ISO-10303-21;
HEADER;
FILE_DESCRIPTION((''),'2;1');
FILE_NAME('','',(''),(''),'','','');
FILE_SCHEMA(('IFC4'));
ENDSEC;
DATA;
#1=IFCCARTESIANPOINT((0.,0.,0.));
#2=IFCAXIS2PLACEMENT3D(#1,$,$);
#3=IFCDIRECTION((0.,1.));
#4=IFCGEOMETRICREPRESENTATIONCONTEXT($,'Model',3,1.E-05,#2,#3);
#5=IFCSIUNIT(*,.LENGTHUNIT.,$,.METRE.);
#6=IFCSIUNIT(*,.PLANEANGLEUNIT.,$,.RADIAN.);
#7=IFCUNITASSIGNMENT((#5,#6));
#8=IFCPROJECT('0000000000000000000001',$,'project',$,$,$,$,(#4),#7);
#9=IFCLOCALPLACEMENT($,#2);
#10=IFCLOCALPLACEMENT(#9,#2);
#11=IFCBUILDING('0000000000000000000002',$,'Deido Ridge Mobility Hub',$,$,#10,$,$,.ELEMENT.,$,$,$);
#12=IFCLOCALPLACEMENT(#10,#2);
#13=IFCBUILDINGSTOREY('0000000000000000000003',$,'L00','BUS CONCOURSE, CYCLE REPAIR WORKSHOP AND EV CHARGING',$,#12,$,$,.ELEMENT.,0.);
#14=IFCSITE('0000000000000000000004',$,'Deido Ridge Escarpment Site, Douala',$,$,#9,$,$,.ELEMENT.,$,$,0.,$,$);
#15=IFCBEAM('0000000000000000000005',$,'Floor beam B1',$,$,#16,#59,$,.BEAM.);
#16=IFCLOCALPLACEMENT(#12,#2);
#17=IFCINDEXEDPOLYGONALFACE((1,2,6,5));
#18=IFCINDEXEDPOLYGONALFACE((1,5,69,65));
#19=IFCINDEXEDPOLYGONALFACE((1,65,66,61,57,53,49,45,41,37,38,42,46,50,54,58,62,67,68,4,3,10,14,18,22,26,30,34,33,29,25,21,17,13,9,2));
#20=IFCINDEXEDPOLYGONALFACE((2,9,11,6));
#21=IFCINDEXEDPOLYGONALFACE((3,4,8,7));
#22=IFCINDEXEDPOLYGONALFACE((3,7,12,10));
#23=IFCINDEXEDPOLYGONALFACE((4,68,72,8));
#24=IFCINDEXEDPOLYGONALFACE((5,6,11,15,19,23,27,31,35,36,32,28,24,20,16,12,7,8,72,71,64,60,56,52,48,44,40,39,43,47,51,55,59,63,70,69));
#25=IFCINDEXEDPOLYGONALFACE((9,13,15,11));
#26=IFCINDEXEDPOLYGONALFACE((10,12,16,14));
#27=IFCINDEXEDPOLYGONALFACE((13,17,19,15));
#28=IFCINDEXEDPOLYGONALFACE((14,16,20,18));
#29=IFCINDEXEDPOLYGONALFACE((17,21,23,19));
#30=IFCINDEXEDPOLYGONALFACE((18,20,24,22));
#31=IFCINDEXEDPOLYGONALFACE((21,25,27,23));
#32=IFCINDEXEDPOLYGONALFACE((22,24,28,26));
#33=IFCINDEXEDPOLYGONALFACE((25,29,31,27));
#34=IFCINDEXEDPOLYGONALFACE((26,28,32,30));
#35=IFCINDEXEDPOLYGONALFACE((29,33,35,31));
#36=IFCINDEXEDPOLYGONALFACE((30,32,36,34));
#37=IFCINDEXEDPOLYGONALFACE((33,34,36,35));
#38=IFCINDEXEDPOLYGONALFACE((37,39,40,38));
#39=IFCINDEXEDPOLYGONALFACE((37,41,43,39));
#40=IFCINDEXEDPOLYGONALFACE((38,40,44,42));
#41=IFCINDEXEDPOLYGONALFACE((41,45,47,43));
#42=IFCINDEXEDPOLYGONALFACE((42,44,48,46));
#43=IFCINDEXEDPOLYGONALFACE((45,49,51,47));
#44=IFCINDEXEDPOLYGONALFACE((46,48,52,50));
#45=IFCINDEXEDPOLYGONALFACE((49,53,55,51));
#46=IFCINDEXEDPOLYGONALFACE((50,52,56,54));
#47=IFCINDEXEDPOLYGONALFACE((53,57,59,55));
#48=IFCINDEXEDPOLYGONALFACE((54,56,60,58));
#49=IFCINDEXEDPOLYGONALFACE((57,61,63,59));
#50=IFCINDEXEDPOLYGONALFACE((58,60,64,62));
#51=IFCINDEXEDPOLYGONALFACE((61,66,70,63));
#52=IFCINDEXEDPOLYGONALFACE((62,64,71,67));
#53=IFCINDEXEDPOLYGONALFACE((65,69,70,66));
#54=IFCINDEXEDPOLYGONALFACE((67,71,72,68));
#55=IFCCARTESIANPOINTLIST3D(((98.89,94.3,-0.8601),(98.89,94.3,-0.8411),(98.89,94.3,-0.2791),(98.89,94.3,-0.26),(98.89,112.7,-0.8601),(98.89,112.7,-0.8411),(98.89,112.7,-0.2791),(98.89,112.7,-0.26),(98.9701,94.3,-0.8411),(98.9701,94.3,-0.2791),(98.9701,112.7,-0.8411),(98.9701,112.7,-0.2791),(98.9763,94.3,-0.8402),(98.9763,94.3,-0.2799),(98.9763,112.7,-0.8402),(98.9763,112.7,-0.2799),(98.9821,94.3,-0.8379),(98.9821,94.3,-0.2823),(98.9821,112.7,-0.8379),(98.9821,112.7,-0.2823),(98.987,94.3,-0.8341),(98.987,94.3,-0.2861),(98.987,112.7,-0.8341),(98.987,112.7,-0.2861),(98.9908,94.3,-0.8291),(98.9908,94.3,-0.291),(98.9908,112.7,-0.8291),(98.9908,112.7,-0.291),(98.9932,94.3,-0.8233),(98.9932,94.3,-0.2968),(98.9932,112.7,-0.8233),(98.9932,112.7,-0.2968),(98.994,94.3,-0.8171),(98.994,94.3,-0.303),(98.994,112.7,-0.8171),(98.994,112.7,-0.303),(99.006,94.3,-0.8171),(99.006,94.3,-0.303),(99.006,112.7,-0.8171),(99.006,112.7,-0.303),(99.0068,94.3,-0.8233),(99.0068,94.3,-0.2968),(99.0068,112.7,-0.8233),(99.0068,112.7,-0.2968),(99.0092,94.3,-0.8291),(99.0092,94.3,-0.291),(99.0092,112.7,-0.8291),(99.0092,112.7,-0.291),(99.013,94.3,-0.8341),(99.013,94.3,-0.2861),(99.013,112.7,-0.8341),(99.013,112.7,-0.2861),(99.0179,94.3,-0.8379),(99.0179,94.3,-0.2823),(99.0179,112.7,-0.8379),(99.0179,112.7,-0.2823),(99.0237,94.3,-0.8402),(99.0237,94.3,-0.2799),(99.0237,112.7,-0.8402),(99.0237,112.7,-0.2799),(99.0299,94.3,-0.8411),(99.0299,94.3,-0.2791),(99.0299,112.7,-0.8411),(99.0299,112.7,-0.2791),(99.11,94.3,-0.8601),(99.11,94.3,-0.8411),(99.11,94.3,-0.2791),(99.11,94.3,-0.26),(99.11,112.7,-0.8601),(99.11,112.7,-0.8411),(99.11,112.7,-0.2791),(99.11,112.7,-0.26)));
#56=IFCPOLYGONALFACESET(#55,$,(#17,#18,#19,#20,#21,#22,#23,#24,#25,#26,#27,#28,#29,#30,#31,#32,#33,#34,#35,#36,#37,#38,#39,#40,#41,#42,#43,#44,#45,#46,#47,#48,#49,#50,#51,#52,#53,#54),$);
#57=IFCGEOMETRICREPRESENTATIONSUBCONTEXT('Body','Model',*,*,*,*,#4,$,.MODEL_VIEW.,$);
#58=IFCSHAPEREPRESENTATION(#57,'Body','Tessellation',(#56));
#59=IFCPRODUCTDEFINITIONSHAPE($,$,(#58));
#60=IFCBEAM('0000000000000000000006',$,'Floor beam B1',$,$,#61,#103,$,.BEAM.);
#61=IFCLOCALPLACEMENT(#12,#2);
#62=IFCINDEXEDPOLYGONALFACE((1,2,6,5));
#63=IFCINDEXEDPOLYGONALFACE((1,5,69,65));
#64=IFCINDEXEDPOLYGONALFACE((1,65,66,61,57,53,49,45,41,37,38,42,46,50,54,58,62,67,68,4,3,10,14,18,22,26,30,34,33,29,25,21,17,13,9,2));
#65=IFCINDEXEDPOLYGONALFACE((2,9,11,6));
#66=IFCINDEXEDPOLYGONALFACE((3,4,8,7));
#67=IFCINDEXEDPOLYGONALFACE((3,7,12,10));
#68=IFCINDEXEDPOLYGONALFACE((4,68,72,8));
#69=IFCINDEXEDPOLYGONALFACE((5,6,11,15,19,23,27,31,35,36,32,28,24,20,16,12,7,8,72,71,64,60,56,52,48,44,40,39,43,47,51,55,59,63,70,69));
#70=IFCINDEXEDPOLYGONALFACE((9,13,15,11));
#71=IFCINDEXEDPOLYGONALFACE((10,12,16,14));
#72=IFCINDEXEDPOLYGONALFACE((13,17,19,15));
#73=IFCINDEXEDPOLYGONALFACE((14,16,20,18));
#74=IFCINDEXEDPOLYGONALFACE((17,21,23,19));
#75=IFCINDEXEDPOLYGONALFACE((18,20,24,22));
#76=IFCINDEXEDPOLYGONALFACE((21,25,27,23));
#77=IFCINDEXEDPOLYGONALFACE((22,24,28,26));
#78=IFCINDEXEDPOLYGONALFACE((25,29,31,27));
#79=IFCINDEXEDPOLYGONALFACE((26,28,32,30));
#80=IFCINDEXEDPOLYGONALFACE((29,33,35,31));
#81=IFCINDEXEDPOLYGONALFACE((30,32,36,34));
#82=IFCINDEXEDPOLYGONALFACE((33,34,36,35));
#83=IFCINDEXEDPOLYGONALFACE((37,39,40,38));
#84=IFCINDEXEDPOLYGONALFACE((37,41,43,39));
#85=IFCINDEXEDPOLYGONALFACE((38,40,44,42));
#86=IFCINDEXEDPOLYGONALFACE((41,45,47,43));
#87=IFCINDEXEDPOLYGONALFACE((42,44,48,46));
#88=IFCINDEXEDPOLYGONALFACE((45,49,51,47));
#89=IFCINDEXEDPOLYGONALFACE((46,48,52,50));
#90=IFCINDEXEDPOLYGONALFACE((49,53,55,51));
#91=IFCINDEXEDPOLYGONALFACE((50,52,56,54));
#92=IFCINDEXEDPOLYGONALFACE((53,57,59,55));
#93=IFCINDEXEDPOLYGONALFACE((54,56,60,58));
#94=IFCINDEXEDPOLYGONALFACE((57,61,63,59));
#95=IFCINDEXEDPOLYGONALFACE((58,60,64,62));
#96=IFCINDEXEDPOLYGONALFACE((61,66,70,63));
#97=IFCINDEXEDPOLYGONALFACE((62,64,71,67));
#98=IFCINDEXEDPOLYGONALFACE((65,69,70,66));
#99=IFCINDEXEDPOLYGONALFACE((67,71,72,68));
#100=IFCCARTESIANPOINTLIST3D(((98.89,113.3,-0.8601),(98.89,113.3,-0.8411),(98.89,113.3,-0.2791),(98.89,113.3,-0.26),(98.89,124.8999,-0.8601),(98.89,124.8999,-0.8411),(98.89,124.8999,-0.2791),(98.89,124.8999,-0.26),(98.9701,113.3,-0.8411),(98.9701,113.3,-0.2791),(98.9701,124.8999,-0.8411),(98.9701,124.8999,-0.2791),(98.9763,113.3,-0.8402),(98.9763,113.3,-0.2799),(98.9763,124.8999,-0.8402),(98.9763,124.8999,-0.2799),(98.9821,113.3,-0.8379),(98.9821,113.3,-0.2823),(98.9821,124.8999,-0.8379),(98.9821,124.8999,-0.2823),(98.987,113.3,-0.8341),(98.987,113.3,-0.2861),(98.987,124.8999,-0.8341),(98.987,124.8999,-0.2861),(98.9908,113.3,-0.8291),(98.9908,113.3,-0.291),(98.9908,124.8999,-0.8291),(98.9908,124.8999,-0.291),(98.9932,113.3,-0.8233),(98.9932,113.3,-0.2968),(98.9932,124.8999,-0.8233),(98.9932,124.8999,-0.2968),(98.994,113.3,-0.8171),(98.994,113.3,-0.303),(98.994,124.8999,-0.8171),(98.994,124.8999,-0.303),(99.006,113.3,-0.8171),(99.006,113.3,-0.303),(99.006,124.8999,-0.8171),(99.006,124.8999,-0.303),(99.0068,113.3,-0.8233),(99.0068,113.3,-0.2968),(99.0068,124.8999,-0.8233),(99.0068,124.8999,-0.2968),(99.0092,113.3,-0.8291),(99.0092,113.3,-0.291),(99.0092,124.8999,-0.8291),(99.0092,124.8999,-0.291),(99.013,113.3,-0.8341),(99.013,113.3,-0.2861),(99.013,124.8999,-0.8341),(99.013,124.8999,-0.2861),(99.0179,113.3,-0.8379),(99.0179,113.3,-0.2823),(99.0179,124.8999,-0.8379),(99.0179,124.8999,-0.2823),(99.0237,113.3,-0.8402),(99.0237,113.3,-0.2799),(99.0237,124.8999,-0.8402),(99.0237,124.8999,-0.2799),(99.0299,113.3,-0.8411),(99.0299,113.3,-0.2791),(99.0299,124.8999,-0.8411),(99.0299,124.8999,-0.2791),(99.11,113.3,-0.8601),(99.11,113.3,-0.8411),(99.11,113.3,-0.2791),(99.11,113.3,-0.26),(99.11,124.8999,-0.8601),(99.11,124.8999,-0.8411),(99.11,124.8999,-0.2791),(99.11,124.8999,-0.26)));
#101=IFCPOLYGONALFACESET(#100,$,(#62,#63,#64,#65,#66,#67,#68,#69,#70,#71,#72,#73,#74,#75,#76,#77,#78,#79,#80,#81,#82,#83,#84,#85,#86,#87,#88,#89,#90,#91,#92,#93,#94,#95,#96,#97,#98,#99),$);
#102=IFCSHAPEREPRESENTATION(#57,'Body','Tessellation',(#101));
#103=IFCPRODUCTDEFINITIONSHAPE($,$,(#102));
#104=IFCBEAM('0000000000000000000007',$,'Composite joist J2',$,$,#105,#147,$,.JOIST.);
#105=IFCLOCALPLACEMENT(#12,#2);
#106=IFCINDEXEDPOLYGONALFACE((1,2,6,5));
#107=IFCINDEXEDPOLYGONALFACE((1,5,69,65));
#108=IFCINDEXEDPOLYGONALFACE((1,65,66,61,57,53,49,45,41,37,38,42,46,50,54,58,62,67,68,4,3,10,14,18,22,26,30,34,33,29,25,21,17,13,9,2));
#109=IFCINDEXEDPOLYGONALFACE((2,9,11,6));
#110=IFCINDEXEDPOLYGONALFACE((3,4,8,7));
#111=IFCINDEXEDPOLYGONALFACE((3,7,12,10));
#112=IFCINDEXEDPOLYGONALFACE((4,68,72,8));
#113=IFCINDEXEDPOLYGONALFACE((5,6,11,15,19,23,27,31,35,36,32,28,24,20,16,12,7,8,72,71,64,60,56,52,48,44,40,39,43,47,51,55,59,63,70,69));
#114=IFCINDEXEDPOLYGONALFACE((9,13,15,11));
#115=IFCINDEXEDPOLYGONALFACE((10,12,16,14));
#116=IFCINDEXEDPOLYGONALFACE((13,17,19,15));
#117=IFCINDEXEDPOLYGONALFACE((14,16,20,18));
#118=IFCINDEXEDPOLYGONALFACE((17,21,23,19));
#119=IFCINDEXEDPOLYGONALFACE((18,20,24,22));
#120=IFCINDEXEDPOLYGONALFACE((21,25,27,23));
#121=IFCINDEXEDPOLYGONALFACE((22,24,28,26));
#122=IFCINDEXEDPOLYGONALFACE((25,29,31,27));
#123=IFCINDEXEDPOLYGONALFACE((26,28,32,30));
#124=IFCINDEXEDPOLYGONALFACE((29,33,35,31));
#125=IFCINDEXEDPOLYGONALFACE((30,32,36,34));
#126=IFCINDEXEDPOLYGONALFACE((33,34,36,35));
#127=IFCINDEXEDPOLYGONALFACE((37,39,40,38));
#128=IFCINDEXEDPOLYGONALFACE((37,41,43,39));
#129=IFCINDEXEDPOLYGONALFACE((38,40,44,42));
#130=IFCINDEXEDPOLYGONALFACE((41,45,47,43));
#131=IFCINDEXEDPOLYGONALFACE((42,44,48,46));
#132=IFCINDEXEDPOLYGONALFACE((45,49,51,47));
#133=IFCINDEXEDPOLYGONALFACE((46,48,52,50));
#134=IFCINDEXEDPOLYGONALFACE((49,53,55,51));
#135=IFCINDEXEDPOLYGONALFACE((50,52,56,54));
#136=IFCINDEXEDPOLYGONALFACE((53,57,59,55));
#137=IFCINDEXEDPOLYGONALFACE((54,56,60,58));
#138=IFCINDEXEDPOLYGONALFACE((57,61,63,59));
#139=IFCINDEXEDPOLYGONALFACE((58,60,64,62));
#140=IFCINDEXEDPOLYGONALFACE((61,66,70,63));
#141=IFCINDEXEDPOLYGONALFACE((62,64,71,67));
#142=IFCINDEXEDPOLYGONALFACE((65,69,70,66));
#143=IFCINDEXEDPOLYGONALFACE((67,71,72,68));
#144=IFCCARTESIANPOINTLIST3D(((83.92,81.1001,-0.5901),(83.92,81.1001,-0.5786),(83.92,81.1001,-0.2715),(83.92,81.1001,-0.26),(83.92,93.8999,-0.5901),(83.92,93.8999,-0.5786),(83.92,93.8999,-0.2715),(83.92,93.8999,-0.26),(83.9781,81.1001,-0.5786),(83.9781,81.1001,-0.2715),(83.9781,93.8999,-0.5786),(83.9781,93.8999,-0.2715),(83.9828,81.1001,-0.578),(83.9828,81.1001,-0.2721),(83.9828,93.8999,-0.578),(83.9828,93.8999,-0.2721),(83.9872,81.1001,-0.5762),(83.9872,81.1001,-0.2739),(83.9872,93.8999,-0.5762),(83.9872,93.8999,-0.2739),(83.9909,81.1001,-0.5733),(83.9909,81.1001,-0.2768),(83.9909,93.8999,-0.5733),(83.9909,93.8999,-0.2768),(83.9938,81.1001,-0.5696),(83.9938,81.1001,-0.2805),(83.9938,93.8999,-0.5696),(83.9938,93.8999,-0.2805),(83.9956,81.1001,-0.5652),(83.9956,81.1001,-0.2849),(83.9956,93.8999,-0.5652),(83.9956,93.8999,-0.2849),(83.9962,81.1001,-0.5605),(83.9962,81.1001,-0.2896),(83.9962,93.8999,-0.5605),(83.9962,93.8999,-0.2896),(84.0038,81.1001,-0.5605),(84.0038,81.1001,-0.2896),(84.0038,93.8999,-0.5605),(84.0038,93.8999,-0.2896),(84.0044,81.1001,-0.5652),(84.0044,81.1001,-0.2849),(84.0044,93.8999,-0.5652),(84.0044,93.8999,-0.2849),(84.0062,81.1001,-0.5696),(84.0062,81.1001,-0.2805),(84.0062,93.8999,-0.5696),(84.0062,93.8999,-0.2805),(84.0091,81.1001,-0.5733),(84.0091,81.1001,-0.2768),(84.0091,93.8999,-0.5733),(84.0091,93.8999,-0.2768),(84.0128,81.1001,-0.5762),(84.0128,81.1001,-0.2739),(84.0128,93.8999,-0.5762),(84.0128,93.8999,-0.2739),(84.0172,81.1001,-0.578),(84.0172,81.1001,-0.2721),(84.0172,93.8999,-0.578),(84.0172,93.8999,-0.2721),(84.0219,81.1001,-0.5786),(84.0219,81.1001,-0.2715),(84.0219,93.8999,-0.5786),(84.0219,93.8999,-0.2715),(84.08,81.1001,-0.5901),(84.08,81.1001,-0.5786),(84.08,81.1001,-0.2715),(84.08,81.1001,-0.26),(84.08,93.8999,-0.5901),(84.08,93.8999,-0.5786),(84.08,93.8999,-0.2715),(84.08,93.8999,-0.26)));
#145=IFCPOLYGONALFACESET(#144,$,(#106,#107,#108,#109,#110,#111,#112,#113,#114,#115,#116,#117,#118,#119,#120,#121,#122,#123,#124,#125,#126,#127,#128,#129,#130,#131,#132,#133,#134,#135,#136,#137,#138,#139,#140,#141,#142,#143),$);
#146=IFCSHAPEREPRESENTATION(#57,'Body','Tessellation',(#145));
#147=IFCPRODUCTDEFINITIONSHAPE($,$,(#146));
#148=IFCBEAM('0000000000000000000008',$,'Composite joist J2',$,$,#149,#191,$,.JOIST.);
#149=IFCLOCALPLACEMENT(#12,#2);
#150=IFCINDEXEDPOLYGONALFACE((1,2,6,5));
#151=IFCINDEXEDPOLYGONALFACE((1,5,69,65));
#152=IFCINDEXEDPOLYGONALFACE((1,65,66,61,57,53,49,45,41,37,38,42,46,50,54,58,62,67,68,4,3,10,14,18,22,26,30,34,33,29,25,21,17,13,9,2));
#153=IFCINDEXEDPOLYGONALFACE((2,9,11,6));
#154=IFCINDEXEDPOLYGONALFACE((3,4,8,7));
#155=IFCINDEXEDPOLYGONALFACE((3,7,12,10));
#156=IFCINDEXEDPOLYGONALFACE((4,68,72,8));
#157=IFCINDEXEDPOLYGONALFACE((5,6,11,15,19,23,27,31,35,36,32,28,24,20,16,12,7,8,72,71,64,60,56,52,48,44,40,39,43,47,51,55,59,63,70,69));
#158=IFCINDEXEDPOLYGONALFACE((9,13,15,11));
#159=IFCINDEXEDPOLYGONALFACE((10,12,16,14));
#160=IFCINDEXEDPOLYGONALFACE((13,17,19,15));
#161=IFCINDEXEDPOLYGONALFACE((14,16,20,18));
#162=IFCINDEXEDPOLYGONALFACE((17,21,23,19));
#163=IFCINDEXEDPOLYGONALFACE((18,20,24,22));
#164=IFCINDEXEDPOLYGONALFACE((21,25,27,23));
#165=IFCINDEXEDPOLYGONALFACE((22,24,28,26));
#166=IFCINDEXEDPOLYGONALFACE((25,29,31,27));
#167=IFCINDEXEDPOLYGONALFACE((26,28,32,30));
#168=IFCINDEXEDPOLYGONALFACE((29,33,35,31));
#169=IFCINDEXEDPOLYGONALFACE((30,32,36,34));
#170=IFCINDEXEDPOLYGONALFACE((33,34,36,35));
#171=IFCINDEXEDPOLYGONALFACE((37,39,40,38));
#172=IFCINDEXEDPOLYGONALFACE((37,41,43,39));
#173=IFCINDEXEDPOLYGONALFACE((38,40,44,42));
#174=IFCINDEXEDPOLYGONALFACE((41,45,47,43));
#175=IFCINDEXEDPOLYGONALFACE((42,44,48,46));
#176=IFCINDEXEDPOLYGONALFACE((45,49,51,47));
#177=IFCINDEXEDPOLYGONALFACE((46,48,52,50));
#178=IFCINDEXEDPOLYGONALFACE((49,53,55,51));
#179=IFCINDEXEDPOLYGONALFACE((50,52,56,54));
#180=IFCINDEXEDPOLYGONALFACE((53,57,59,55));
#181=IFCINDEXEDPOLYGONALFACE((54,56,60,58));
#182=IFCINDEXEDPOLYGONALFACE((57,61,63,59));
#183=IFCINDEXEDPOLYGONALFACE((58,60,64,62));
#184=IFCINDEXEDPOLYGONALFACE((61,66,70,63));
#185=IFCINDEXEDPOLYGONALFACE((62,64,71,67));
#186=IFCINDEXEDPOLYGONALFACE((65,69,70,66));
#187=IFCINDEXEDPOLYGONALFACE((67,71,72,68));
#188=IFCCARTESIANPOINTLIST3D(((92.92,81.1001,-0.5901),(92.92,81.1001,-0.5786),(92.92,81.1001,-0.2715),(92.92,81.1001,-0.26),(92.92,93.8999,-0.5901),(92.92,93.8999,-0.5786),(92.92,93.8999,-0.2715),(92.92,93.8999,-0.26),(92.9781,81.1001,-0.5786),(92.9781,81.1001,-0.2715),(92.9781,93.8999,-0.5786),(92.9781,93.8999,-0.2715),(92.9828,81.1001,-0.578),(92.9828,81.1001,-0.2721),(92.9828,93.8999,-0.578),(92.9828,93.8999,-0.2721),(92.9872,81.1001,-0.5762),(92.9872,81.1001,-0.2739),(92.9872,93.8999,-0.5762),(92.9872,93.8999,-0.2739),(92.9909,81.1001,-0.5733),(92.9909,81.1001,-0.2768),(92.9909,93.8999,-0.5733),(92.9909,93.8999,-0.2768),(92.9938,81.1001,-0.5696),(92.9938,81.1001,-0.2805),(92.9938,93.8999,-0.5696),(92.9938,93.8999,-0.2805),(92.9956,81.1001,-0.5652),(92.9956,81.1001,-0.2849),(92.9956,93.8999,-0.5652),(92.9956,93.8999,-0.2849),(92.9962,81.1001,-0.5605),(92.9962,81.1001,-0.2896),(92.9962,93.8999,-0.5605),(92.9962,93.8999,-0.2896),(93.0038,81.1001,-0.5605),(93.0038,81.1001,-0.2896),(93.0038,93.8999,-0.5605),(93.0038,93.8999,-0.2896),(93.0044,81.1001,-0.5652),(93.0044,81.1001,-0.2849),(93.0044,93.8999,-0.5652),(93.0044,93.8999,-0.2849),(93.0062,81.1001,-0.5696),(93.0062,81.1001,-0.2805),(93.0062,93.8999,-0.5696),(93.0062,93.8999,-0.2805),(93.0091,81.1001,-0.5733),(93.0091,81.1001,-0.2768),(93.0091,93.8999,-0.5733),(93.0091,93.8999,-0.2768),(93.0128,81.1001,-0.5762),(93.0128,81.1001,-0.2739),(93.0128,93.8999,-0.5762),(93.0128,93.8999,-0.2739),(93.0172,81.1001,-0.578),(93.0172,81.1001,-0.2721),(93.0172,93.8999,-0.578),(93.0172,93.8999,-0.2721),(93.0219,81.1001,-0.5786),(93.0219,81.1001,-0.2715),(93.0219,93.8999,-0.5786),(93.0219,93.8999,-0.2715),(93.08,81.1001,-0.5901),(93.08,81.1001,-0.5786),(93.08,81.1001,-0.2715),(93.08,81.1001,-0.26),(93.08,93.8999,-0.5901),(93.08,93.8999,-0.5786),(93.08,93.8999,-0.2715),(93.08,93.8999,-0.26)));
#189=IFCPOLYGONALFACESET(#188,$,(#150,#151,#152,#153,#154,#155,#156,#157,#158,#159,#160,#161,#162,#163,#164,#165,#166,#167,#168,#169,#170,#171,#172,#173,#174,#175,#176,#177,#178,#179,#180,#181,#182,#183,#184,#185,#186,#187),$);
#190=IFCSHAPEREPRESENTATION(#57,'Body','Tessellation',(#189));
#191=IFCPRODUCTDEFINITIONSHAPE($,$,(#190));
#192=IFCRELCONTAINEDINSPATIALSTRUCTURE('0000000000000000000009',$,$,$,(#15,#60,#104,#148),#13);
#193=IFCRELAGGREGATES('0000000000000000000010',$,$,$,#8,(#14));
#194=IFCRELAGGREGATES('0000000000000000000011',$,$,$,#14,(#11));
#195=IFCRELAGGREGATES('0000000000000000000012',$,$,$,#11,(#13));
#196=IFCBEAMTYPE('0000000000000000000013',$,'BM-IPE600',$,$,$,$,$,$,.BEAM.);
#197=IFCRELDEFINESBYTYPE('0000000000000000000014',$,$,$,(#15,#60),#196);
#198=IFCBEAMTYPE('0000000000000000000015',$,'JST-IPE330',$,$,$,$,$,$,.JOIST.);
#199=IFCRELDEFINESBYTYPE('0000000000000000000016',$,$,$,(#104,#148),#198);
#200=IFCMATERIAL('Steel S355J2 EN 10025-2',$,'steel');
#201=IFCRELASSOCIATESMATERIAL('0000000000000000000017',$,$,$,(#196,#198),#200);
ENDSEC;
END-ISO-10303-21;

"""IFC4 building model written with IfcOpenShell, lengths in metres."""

from ifc_helpers import new_model, si_unit, direction, frame, origin, origin_2d, place, context, subcontext, project, spatial, i_section, extrude, material, material_profile, profile_set, type_object, element, save


model = new_model("IFC4")

# Units and contexts
model_context = context("Model", 3, precision=1e-05, world=origin(), true_north=direction((0.0, 1.0)))
body_context = subcontext(model_context, "Body", "Model", "MODEL_VIEW")
ifc_project = project(units=[si_unit("LENGTHUNIT", "METRE"), si_unit("PLANEANGLEUNIT", "RADIAN")], contexts=[model_context])

# Site, building, storey
site_placement = place(None, origin())
site = spatial("IfcSite", under=ifc_project, at=site_placement, Name="Deido Ridge Escarpment Site, Douala", CompositionType="ELEMENT", RefElevation=0.0)
building_placement = place(site_placement, origin())
building = spatial("IfcBuilding", under=site, at=building_placement, Name="Deido Ridge Mobility Hub", CompositionType="ELEMENT")
storey_placement = place(building_placement, origin())
storey = spatial("IfcBuildingStorey", under=building, at=storey_placement, Name="L00", Description="BUS CONCOURSE, CYCLE REPAIR WORKSHOP AND EV CHARGING", CompositionType="ELEMENT", Elevation=0.0)

# Shared definitions
ifc_material_1 = material(Name="Steel S355J2 EN 10025-2", Category="steel")

# Beams
ifc_material_profile_1 = material_profile(ifc_material_1, i_section(OverallWidth=0.22, OverallDepth=0.6001, WebThickness=0.012, FlangeThickness=0.019, FilletRadius=0.0239, at=origin_2d()), Name="IPE 600")
ifc_profile_set_1 = profile_set([ifc_material_profile_1], Name="Steel S355J2 EN 10025-2")
beam_type_1 = type_object("IfcBeamType", Name="BM-IPE600", PredefinedType="BEAM", material=ifc_profile_set_1)
beam_1_placement = place(storey_placement, frame((99.0, 94.3, -0.5601), z_axis=(0.0, 1.0, 0.0), x_axis=(-1.0, 0.0, 0.0)))
element("IfcBeam", 1, at=beam_1_placement, inside=storey, type_object=beam_type_1, Name="Floor beam B1", PredefinedType="BEAM", context=body_context, shape_type="SweptSolid", body=[
    extrude(i_section(OverallWidth=0.22, OverallDepth=0.6001, WebThickness=0.012, FlangeThickness=0.019, FilletRadius=0.0239, at=origin_2d()), origin(), (0.0, 0.0, 1.0), 18.3999),
])
beam_2_placement = place(storey_placement, frame((99.0, 113.3, -0.5601), z_axis=(0.0, 1.0, 0.0), x_axis=(-1.0, 0.0, 0.0)))
element("IfcBeam", 2, at=beam_2_placement, inside=storey, type_object=beam_type_1, Name="Floor beam B1", PredefinedType="BEAM", context=body_context, shape_type="SweptSolid", body=[
    extrude(i_section(OverallWidth=0.22, OverallDepth=0.6001, WebThickness=0.012, FlangeThickness=0.019, FilletRadius=0.0239, at=origin_2d()), origin(), (0.0, 0.0, 1.0), 11.5999),
])
ifc_material_profile_2 = material_profile(ifc_material_1, i_section(OverallWidth=0.1599, OverallDepth=0.3301, WebThickness=0.0076, FlangeThickness=0.0115, FilletRadius=0.0181, at=origin_2d()), Name="IPE 330")
ifc_profile_set_2 = profile_set([ifc_material_profile_2], Name="Steel S355J2 EN 10025-2")
beam_type_2 = type_object("IfcBeamType", Name="JST-IPE330", PredefinedType="JOIST", material=ifc_profile_set_2)
for number, where, z_axis, x_axis, name in (
    (3, (84.0, 81.1001, -0.425), (0.0, 1.0, 0.0), (-1.0, 0.0, 0.0), "Composite joist J2"),
    (4, (93.0, 81.1001, -0.425), (0.0, 1.0, 0.0), (-1.0, 0.0, 0.0), "Composite joist J2"),
):
    element("IfcBeam", number, at=place(storey_placement, frame(where, z_axis=z_axis, x_axis=x_axis)), inside=storey, type_object=beam_type_2, Name=name, PredefinedType="JOIST", context=body_context, shape_type="SweptSolid", body=[
        extrude(i_section(OverallWidth=0.1599, OverallDepth=0.3301, WebThickness=0.0076, FlangeThickness=0.0115, FilletRadius=0.0181, at=origin_2d()), origin(), (0.0, 0.0, 1.0), 12.7998),
    ])

save(model, "model.ifc")
